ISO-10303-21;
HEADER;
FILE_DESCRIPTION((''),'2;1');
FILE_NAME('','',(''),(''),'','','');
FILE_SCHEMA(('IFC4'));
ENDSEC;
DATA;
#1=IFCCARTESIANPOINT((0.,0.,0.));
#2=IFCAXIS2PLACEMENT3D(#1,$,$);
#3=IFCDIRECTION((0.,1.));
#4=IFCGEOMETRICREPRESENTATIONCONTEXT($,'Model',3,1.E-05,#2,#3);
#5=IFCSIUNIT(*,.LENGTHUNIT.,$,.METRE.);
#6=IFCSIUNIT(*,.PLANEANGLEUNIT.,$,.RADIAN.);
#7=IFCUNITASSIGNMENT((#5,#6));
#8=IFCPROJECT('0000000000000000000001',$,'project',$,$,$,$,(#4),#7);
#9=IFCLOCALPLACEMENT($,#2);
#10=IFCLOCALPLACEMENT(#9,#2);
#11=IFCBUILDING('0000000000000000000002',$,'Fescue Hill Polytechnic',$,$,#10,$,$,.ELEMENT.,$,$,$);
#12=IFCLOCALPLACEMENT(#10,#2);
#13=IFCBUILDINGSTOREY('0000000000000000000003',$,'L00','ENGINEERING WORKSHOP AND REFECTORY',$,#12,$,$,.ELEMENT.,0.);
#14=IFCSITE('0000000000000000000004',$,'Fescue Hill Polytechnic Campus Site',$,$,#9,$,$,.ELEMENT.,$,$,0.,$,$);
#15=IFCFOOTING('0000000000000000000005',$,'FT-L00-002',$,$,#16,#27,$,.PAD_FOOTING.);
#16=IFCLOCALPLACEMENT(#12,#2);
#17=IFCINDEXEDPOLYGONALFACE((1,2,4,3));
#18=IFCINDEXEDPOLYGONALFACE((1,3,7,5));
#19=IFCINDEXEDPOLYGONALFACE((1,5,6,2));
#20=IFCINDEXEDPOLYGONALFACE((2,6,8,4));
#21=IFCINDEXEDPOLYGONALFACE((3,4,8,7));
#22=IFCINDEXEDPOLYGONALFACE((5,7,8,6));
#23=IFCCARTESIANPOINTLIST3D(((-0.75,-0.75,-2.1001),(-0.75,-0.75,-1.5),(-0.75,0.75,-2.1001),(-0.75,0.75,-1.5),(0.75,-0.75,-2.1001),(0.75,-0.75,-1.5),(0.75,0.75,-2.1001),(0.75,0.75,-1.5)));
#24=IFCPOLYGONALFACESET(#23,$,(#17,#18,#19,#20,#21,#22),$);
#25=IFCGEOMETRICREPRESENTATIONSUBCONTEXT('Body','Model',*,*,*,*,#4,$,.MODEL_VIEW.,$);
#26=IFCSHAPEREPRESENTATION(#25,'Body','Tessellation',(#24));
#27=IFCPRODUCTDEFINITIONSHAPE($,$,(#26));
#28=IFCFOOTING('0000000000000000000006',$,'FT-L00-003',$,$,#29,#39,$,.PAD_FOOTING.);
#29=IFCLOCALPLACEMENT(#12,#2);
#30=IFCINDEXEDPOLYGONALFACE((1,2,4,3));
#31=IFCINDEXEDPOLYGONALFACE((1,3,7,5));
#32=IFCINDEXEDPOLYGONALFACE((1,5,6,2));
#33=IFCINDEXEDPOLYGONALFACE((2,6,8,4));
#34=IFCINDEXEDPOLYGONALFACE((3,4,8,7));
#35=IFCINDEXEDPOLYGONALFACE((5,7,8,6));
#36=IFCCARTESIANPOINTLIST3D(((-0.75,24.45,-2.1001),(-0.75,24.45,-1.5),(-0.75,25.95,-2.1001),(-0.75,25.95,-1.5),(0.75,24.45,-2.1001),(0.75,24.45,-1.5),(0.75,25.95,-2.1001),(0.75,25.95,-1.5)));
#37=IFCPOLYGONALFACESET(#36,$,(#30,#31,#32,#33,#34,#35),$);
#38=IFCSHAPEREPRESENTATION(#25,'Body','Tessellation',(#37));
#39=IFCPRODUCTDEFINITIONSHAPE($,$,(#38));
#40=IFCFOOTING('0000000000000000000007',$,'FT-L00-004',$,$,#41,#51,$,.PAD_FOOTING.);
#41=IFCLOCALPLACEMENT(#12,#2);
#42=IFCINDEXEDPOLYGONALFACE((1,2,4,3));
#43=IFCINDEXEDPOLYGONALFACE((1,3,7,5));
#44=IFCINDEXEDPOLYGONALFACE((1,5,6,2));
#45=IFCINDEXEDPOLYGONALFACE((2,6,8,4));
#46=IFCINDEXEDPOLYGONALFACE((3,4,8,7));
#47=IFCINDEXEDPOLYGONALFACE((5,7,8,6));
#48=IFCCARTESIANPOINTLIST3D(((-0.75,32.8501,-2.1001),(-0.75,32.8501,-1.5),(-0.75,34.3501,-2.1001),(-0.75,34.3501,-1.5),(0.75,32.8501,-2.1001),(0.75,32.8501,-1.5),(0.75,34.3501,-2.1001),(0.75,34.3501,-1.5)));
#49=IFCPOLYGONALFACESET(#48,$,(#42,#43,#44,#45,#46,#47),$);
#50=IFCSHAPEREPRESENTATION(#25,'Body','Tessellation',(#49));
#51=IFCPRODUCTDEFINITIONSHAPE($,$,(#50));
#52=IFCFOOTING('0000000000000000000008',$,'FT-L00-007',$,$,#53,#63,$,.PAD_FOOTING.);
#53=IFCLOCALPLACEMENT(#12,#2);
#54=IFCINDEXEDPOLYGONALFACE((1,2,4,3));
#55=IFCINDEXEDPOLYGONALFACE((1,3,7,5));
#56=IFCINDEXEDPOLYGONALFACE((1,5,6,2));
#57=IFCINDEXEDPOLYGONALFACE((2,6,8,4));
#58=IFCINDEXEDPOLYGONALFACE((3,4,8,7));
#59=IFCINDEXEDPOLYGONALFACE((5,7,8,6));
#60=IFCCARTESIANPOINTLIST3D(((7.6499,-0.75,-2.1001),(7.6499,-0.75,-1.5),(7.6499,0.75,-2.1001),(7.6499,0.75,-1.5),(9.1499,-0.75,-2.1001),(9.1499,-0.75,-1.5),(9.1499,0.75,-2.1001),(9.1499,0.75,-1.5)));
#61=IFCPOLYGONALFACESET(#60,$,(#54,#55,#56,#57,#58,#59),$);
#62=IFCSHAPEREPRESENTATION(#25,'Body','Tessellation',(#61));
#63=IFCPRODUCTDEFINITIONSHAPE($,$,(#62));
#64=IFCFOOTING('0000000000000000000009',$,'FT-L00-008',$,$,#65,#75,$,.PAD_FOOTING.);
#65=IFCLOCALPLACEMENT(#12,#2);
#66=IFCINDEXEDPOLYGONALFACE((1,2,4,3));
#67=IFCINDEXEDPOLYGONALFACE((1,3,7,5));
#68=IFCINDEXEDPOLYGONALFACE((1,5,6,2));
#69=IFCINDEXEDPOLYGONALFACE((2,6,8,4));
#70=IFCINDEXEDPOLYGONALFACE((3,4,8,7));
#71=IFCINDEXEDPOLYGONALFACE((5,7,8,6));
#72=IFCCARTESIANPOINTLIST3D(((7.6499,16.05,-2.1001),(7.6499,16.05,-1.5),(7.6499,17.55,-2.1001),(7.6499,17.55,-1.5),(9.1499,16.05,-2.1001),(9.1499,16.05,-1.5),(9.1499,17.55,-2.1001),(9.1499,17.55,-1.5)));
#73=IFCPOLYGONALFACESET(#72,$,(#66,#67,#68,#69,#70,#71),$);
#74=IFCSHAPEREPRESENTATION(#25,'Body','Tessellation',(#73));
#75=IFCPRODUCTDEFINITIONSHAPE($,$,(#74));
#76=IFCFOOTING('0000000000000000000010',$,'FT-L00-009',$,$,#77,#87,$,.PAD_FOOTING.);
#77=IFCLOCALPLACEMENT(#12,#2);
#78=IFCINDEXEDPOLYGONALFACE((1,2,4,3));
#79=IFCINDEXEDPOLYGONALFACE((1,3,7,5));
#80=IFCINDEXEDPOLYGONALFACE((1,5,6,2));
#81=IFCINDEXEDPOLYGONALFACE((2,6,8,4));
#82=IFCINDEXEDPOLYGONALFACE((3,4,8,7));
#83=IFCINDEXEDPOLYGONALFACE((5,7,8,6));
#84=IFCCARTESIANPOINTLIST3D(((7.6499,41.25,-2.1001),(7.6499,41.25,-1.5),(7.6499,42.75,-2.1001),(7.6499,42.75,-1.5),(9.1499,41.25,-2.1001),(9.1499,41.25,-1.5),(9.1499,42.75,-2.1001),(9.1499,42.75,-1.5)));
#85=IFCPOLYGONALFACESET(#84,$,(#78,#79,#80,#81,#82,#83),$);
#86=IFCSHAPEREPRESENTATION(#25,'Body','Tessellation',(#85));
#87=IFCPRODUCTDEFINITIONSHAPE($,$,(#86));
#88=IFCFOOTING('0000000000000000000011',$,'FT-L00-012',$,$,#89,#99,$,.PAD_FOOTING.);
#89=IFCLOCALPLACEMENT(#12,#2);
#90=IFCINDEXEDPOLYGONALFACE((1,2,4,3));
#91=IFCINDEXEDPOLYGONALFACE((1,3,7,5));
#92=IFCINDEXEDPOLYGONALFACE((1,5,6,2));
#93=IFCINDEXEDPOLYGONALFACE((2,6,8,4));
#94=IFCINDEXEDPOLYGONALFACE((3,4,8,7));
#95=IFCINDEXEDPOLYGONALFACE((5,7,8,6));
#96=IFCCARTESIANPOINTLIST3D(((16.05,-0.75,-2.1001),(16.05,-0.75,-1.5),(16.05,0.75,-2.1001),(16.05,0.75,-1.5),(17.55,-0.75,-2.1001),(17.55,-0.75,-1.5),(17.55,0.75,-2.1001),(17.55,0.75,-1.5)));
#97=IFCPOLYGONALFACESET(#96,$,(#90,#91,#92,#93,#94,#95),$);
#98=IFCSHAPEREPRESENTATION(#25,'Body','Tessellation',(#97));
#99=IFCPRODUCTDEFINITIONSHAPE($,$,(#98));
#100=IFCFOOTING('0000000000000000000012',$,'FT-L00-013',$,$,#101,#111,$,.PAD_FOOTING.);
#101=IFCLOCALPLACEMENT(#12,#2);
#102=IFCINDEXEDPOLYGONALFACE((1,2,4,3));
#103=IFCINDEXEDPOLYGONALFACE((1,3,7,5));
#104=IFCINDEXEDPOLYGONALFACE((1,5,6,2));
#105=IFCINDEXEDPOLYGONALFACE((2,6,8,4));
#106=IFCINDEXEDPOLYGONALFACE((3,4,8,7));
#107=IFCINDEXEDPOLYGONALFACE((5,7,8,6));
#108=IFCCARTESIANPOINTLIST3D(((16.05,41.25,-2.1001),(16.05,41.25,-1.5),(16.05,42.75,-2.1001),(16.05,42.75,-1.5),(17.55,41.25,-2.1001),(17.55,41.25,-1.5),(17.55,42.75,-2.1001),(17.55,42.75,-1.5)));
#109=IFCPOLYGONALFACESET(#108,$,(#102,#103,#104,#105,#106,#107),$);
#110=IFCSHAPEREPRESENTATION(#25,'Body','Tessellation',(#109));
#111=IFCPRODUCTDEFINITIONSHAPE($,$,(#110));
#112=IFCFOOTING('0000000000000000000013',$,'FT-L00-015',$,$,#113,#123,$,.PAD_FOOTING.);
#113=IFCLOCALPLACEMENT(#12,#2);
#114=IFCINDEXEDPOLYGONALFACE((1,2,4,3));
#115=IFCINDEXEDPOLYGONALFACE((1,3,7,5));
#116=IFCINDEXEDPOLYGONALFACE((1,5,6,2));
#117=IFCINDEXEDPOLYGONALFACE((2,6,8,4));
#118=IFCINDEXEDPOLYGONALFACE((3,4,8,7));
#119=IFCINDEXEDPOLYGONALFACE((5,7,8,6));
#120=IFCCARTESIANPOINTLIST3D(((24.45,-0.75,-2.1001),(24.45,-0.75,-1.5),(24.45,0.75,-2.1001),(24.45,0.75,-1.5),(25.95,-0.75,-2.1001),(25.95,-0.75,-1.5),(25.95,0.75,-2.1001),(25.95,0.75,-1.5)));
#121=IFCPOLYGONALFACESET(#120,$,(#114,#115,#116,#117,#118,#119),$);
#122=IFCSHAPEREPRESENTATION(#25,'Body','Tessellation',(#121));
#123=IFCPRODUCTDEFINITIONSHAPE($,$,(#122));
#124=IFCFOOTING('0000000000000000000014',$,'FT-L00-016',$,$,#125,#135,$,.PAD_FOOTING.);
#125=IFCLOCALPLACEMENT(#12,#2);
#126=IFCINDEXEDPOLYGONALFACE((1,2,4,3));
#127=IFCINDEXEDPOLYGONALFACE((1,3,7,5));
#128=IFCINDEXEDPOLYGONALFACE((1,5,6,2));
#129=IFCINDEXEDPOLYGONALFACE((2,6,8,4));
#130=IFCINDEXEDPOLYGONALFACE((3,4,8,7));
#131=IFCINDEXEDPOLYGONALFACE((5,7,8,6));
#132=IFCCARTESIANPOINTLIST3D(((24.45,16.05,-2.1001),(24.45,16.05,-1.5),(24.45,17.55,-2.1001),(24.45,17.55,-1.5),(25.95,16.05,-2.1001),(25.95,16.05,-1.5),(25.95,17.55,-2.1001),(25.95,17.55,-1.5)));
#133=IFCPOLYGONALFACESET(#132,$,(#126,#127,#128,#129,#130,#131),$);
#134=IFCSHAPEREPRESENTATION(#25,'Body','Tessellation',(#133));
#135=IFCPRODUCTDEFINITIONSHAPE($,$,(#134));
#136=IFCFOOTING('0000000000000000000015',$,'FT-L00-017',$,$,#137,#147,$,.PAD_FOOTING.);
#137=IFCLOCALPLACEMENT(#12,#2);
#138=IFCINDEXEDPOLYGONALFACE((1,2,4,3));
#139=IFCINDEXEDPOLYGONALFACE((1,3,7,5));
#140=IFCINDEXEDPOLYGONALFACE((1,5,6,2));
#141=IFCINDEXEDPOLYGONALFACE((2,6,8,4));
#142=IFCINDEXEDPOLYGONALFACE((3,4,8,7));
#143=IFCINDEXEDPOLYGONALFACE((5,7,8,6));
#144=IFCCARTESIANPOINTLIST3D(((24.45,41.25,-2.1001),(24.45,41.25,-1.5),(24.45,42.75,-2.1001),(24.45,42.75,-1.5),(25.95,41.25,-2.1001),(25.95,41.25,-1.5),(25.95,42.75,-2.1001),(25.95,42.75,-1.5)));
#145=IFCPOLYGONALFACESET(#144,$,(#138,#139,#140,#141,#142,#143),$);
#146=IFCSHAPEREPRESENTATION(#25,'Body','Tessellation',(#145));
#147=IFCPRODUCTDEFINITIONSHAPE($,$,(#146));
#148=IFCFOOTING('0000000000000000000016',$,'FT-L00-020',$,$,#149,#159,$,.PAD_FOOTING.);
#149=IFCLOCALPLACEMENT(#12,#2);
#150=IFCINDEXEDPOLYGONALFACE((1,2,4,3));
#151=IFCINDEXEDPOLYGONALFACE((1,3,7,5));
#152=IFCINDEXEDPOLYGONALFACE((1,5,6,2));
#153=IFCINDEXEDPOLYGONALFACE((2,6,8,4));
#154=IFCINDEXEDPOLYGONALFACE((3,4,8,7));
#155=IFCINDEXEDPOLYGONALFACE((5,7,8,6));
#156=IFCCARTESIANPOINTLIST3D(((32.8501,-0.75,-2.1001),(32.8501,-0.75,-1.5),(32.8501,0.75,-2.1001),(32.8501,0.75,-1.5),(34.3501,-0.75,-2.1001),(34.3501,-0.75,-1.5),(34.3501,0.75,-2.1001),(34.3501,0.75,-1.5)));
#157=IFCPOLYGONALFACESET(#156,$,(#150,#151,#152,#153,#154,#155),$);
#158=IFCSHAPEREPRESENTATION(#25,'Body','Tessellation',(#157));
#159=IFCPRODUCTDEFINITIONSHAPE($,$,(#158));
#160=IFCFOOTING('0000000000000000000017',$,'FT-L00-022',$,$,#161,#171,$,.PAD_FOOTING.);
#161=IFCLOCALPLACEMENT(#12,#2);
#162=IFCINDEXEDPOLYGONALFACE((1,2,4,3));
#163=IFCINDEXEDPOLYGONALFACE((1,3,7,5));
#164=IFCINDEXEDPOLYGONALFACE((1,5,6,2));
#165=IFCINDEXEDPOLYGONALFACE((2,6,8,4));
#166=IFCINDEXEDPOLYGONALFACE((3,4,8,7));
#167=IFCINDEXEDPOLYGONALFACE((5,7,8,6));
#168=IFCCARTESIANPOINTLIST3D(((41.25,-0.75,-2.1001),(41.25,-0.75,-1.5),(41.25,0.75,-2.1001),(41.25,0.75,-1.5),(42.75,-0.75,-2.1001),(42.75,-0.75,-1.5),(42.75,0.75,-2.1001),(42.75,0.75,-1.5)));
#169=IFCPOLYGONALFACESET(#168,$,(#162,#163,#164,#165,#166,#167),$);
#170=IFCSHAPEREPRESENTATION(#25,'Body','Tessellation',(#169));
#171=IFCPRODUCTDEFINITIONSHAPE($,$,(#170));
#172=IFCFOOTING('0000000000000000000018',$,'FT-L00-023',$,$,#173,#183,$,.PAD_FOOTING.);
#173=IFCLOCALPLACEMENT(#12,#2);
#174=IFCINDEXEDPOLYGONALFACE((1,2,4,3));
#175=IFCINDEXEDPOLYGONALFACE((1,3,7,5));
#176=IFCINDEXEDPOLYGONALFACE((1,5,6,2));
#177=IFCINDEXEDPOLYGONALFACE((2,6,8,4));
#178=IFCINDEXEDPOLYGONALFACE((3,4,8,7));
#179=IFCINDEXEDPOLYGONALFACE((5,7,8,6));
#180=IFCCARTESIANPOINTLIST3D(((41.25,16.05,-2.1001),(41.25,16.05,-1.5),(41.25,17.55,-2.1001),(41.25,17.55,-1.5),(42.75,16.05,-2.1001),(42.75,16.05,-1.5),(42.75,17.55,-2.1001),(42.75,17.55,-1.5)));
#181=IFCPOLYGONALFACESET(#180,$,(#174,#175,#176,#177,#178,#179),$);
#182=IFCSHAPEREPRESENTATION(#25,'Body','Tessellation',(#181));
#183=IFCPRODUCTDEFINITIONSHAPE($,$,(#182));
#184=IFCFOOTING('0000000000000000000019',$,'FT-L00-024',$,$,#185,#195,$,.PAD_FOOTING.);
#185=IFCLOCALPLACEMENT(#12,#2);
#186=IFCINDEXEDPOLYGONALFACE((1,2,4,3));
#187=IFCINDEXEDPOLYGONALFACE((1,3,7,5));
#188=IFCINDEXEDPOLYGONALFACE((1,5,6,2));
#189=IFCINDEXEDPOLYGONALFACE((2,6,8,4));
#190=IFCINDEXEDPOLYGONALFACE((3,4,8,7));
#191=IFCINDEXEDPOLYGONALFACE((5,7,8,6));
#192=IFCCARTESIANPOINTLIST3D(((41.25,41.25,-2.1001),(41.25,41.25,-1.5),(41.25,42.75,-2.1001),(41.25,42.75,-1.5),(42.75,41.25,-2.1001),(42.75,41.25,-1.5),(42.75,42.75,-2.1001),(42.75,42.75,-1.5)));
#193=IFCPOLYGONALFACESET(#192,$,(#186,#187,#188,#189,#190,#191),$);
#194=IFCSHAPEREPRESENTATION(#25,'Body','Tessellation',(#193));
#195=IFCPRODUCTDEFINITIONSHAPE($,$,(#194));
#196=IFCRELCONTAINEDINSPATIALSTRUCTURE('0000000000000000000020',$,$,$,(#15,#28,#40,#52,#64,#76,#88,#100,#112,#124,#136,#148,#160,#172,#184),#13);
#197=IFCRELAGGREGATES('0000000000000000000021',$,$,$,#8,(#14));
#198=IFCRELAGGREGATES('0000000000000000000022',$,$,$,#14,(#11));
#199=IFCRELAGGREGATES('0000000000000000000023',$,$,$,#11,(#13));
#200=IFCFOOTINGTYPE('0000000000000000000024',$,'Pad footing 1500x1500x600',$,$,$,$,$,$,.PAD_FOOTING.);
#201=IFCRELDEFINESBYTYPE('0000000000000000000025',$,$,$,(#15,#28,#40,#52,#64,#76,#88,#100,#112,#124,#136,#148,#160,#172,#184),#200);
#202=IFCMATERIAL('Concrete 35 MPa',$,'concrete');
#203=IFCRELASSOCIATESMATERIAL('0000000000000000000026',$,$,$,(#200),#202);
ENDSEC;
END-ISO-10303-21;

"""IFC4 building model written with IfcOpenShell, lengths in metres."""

from ifc_helpers import new_model, si_unit, direction, frame, origin, place, context, subcontext, project, spatial, polyline, outline, extrude, material, type_object, element, save


model = new_model("IFC4")

# Units and contexts
model_context = context("Model", 3, precision=1e-05, world=origin(), true_north=direction((0.0, 1.0)))
body_context = subcontext(model_context, "Body", "Model", "MODEL_VIEW")
ifc_project = project(units=[si_unit("LENGTHUNIT", "METRE"), si_unit("PLANEANGLEUNIT", "RADIAN")], contexts=[model_context])

# Site, building, storey
site_placement = place(None, origin())
site = spatial("IfcSite", under=ifc_project, at=site_placement, Name="Fescue Hill Polytechnic Campus Site", CompositionType="ELEMENT", RefElevation=0.0)
building_placement = place(site_placement, origin())
building = spatial("IfcBuilding", under=site, at=building_placement, Name="Fescue Hill Polytechnic", CompositionType="ELEMENT")
storey_placement = place(building_placement, origin())
storey = spatial("IfcBuildingStorey", under=building, at=storey_placement, Name="L00", Description="ENGINEERING WORKSHOP AND REFECTORY", CompositionType="ELEMENT", Elevation=0.0)

# Footings
ifc_material = material(Name="Concrete 35 MPa", Category="concrete")
footing_type_1 = type_object("IfcFootingType", Name="Pad footing 1500x1500x600", PredefinedType="PAD_FOOTING", material=ifc_material)
footing_1_placement = place(storey_placement, frame((0.0, 0.0, -2.1001)))
element("IfcFooting", 1, at=footing_1_placement, inside=storey, type_object=footing_type_1, Name="FT-L00-002", PredefinedType="PAD_FOOTING", context=body_context, shape_type="SweptSolid", body=[
    extrude(outline(polyline([(0.75, -0.75), (0.75, 0.75), (-0.75, 0.75), (-0.75, -0.75), (0.75, -0.75)])), origin(), (0.0, 0.0, 1.0), 0.6001),
])
footing_2_placement = place(storey_placement, frame((0.0, 0.0, -2.1001)))
element("IfcFooting", 2, at=footing_2_placement, inside=storey, type_object=footing_type_1, Name="FT-L00-003", PredefinedType="PAD_FOOTING", context=body_context, shape_type="SweptSolid", body=[
    extrude(outline(polyline([(0.75, 24.45), (0.75, 25.95), (-0.75, 25.95), (-0.75, 24.45), (0.75, 24.45)])), origin(), (0.0, 0.0, 1.0), 0.6001),
])
footing_3_placement = place(storey_placement, frame((0.0, 0.0, -2.1001)))
element("IfcFooting", 3, at=footing_3_placement, inside=storey, type_object=footing_type_1, Name="FT-L00-004", PredefinedType="PAD_FOOTING", context=body_context, shape_type="SweptSolid", body=[
    extrude(outline(polyline([(0.75, 32.8501), (0.75, 34.3501), (-0.75, 34.3501), (-0.75, 32.8501), (0.75, 32.8501)])), origin(), (0.0, 0.0, 1.0), 0.6001),
])
footing_4_placement = place(storey_placement, frame((0.0, 0.0, -2.1001)))
element("IfcFooting", 4, at=footing_4_placement, inside=storey, type_object=footing_type_1, Name="FT-L00-007", PredefinedType="PAD_FOOTING", context=body_context, shape_type="SweptSolid", body=[
    extrude(outline(polyline([(9.1499, -0.75), (9.1499, 0.75), (7.6499, 0.75), (7.6499, -0.75), (9.1499, -0.75)])), origin(), (0.0, 0.0, 1.0), 0.6001),
])
footing_5_placement = place(storey_placement, frame((0.0, 0.0, -2.1001)))
element("IfcFooting", 5, at=footing_5_placement, inside=storey, type_object=footing_type_1, Name="FT-L00-008", PredefinedType="PAD_FOOTING", context=body_context, shape_type="SweptSolid", body=[
    extrude(outline(polyline([(9.1499, 16.05), (9.1499, 17.55), (7.6499, 17.55), (7.6499, 16.05), (9.1499, 16.05)])), origin(), (0.0, 0.0, 1.0), 0.6001),
])
footing_6_placement = place(storey_placement, frame((0.0, 0.0, -2.1001)))
element("IfcFooting", 6, at=footing_6_placement, inside=storey, type_object=footing_type_1, Name="FT-L00-009", PredefinedType="PAD_FOOTING", context=body_context, shape_type="SweptSolid", body=[
    extrude(outline(polyline([(9.1499, 41.25), (9.1499, 42.75), (7.6499, 42.75), (7.6499, 41.25), (9.1499, 41.25)])), origin(), (0.0, 0.0, 1.0), 0.6001),
])
footing_7_placement = place(storey_placement, frame((0.0, 0.0, -2.1001)))
element("IfcFooting", 7, at=footing_7_placement, inside=storey, type_object=footing_type_1, Name="FT-L00-012", PredefinedType="PAD_FOOTING", context=body_context, shape_type="SweptSolid", body=[
    extrude(outline(polyline([(17.55, -0.75), (17.55, 0.75), (16.05, 0.75), (16.05, -0.75), (17.55, -0.75)])), origin(), (0.0, 0.0, 1.0), 0.6001),
])
footing_8_placement = place(storey_placement, frame((0.0, 0.0, -2.1001)))
element("IfcFooting", 8, at=footing_8_placement, inside=storey, type_object=footing_type_1, Name="FT-L00-013", PredefinedType="PAD_FOOTING", context=body_context, shape_type="SweptSolid", body=[
    extrude(outline(polyline([(17.55, 41.25), (17.55, 42.75), (16.05, 42.75), (16.05, 41.25), (17.55, 41.25)])), origin(), (0.0, 0.0, 1.0), 0.6001),
])
footing_9_placement = place(storey_placement, frame((0.0, 0.0, -2.1001)))
element("IfcFooting", 9, at=footing_9_placement, inside=storey, type_object=footing_type_1, Name="FT-L00-015", PredefinedType="PAD_FOOTING", context=body_context, shape_type="SweptSolid", body=[
    extrude(outline(polyline([(25.95, -0.75), (25.95, 0.75), (24.45, 0.75), (24.45, -0.75), (25.95, -0.75)])), origin(), (0.0, 0.0, 1.0), 0.6001),
])
footing_10_placement = place(storey_placement, frame((0.0, 0.0, -2.1001)))
element("IfcFooting", 10, at=footing_10_placement, inside=storey, type_object=footing_type_1, Name="FT-L00-016", PredefinedType="PAD_FOOTING", context=body_context, shape_type="SweptSolid", body=[
    extrude(outline(polyline([(25.95, 16.05), (25.95, 17.55), (24.45, 17.55), (24.45, 16.05), (25.95, 16.05)])), origin(), (0.0, 0.0, 1.0), 0.6001),
])
footing_11_placement = place(storey_placement, frame((0.0, 0.0, -2.1001)))
element("IfcFooting", 11, at=footing_11_placement, inside=storey, type_object=footing_type_1, Name="FT-L00-017", PredefinedType="PAD_FOOTING", context=body_context, shape_type="SweptSolid", body=[
    extrude(outline(polyline([(25.95, 41.25), (25.95, 42.75), (24.45, 42.75), (24.45, 41.25), (25.95, 41.25)])), origin(), (0.0, 0.0, 1.0), 0.6001),
])
footing_12_placement = place(storey_placement, frame((0.0, 0.0, -2.1001)))
element("IfcFooting", 12, at=footing_12_placement, inside=storey, type_object=footing_type_1, Name="FT-L00-020", PredefinedType="PAD_FOOTING", context=body_context, shape_type="SweptSolid", body=[
    extrude(outline(polyline([(34.3501, -0.75), (34.3501, 0.75), (32.8501, 0.75), (32.8501, -0.75), (34.3501, -0.75)])), origin(), (0.0, 0.0, 1.0), 0.6001),
])
footing_13_placement = place(storey_placement, frame((0.0, 0.0, -2.1001)))
element("IfcFooting", 13, at=footing_13_placement, inside=storey, type_object=footing_type_1, Name="FT-L00-022", PredefinedType="PAD_FOOTING", context=body_context, shape_type="SweptSolid", body=[
    extrude(outline(polyline([(42.75, -0.75), (42.75, 0.75), (41.25, 0.75), (41.25, -0.75), (42.75, -0.75)])), origin(), (0.0, 0.0, 1.0), 0.6001),
])
footing_14_placement = place(storey_placement, frame((0.0, 0.0, -2.1001)))
element("IfcFooting", 14, at=footing_14_placement, inside=storey, type_object=footing_type_1, Name="FT-L00-023", PredefinedType="PAD_FOOTING", context=body_context, shape_type="SweptSolid", body=[
    extrude(outline(polyline([(42.75, 16.05), (42.75, 17.55), (41.25, 17.55), (41.25, 16.05), (42.75, 16.05)])), origin(), (0.0, 0.0, 1.0), 0.6001),
])
footing_15_placement = place(storey_placement, frame((0.0, 0.0, -2.1001)))
element("IfcFooting", 15, at=footing_15_placement, inside=storey, type_object=footing_type_1, Name="FT-L00-024", PredefinedType="PAD_FOOTING", context=body_context, shape_type="SweptSolid", body=[
    extrude(outline(polyline([(42.75, 41.25), (42.75, 42.75), (41.25, 42.75), (41.25, 41.25), (42.75, 41.25)])), origin(), (0.0, 0.0, 1.0), 0.6001),
])

save(model, "model.ifc")
